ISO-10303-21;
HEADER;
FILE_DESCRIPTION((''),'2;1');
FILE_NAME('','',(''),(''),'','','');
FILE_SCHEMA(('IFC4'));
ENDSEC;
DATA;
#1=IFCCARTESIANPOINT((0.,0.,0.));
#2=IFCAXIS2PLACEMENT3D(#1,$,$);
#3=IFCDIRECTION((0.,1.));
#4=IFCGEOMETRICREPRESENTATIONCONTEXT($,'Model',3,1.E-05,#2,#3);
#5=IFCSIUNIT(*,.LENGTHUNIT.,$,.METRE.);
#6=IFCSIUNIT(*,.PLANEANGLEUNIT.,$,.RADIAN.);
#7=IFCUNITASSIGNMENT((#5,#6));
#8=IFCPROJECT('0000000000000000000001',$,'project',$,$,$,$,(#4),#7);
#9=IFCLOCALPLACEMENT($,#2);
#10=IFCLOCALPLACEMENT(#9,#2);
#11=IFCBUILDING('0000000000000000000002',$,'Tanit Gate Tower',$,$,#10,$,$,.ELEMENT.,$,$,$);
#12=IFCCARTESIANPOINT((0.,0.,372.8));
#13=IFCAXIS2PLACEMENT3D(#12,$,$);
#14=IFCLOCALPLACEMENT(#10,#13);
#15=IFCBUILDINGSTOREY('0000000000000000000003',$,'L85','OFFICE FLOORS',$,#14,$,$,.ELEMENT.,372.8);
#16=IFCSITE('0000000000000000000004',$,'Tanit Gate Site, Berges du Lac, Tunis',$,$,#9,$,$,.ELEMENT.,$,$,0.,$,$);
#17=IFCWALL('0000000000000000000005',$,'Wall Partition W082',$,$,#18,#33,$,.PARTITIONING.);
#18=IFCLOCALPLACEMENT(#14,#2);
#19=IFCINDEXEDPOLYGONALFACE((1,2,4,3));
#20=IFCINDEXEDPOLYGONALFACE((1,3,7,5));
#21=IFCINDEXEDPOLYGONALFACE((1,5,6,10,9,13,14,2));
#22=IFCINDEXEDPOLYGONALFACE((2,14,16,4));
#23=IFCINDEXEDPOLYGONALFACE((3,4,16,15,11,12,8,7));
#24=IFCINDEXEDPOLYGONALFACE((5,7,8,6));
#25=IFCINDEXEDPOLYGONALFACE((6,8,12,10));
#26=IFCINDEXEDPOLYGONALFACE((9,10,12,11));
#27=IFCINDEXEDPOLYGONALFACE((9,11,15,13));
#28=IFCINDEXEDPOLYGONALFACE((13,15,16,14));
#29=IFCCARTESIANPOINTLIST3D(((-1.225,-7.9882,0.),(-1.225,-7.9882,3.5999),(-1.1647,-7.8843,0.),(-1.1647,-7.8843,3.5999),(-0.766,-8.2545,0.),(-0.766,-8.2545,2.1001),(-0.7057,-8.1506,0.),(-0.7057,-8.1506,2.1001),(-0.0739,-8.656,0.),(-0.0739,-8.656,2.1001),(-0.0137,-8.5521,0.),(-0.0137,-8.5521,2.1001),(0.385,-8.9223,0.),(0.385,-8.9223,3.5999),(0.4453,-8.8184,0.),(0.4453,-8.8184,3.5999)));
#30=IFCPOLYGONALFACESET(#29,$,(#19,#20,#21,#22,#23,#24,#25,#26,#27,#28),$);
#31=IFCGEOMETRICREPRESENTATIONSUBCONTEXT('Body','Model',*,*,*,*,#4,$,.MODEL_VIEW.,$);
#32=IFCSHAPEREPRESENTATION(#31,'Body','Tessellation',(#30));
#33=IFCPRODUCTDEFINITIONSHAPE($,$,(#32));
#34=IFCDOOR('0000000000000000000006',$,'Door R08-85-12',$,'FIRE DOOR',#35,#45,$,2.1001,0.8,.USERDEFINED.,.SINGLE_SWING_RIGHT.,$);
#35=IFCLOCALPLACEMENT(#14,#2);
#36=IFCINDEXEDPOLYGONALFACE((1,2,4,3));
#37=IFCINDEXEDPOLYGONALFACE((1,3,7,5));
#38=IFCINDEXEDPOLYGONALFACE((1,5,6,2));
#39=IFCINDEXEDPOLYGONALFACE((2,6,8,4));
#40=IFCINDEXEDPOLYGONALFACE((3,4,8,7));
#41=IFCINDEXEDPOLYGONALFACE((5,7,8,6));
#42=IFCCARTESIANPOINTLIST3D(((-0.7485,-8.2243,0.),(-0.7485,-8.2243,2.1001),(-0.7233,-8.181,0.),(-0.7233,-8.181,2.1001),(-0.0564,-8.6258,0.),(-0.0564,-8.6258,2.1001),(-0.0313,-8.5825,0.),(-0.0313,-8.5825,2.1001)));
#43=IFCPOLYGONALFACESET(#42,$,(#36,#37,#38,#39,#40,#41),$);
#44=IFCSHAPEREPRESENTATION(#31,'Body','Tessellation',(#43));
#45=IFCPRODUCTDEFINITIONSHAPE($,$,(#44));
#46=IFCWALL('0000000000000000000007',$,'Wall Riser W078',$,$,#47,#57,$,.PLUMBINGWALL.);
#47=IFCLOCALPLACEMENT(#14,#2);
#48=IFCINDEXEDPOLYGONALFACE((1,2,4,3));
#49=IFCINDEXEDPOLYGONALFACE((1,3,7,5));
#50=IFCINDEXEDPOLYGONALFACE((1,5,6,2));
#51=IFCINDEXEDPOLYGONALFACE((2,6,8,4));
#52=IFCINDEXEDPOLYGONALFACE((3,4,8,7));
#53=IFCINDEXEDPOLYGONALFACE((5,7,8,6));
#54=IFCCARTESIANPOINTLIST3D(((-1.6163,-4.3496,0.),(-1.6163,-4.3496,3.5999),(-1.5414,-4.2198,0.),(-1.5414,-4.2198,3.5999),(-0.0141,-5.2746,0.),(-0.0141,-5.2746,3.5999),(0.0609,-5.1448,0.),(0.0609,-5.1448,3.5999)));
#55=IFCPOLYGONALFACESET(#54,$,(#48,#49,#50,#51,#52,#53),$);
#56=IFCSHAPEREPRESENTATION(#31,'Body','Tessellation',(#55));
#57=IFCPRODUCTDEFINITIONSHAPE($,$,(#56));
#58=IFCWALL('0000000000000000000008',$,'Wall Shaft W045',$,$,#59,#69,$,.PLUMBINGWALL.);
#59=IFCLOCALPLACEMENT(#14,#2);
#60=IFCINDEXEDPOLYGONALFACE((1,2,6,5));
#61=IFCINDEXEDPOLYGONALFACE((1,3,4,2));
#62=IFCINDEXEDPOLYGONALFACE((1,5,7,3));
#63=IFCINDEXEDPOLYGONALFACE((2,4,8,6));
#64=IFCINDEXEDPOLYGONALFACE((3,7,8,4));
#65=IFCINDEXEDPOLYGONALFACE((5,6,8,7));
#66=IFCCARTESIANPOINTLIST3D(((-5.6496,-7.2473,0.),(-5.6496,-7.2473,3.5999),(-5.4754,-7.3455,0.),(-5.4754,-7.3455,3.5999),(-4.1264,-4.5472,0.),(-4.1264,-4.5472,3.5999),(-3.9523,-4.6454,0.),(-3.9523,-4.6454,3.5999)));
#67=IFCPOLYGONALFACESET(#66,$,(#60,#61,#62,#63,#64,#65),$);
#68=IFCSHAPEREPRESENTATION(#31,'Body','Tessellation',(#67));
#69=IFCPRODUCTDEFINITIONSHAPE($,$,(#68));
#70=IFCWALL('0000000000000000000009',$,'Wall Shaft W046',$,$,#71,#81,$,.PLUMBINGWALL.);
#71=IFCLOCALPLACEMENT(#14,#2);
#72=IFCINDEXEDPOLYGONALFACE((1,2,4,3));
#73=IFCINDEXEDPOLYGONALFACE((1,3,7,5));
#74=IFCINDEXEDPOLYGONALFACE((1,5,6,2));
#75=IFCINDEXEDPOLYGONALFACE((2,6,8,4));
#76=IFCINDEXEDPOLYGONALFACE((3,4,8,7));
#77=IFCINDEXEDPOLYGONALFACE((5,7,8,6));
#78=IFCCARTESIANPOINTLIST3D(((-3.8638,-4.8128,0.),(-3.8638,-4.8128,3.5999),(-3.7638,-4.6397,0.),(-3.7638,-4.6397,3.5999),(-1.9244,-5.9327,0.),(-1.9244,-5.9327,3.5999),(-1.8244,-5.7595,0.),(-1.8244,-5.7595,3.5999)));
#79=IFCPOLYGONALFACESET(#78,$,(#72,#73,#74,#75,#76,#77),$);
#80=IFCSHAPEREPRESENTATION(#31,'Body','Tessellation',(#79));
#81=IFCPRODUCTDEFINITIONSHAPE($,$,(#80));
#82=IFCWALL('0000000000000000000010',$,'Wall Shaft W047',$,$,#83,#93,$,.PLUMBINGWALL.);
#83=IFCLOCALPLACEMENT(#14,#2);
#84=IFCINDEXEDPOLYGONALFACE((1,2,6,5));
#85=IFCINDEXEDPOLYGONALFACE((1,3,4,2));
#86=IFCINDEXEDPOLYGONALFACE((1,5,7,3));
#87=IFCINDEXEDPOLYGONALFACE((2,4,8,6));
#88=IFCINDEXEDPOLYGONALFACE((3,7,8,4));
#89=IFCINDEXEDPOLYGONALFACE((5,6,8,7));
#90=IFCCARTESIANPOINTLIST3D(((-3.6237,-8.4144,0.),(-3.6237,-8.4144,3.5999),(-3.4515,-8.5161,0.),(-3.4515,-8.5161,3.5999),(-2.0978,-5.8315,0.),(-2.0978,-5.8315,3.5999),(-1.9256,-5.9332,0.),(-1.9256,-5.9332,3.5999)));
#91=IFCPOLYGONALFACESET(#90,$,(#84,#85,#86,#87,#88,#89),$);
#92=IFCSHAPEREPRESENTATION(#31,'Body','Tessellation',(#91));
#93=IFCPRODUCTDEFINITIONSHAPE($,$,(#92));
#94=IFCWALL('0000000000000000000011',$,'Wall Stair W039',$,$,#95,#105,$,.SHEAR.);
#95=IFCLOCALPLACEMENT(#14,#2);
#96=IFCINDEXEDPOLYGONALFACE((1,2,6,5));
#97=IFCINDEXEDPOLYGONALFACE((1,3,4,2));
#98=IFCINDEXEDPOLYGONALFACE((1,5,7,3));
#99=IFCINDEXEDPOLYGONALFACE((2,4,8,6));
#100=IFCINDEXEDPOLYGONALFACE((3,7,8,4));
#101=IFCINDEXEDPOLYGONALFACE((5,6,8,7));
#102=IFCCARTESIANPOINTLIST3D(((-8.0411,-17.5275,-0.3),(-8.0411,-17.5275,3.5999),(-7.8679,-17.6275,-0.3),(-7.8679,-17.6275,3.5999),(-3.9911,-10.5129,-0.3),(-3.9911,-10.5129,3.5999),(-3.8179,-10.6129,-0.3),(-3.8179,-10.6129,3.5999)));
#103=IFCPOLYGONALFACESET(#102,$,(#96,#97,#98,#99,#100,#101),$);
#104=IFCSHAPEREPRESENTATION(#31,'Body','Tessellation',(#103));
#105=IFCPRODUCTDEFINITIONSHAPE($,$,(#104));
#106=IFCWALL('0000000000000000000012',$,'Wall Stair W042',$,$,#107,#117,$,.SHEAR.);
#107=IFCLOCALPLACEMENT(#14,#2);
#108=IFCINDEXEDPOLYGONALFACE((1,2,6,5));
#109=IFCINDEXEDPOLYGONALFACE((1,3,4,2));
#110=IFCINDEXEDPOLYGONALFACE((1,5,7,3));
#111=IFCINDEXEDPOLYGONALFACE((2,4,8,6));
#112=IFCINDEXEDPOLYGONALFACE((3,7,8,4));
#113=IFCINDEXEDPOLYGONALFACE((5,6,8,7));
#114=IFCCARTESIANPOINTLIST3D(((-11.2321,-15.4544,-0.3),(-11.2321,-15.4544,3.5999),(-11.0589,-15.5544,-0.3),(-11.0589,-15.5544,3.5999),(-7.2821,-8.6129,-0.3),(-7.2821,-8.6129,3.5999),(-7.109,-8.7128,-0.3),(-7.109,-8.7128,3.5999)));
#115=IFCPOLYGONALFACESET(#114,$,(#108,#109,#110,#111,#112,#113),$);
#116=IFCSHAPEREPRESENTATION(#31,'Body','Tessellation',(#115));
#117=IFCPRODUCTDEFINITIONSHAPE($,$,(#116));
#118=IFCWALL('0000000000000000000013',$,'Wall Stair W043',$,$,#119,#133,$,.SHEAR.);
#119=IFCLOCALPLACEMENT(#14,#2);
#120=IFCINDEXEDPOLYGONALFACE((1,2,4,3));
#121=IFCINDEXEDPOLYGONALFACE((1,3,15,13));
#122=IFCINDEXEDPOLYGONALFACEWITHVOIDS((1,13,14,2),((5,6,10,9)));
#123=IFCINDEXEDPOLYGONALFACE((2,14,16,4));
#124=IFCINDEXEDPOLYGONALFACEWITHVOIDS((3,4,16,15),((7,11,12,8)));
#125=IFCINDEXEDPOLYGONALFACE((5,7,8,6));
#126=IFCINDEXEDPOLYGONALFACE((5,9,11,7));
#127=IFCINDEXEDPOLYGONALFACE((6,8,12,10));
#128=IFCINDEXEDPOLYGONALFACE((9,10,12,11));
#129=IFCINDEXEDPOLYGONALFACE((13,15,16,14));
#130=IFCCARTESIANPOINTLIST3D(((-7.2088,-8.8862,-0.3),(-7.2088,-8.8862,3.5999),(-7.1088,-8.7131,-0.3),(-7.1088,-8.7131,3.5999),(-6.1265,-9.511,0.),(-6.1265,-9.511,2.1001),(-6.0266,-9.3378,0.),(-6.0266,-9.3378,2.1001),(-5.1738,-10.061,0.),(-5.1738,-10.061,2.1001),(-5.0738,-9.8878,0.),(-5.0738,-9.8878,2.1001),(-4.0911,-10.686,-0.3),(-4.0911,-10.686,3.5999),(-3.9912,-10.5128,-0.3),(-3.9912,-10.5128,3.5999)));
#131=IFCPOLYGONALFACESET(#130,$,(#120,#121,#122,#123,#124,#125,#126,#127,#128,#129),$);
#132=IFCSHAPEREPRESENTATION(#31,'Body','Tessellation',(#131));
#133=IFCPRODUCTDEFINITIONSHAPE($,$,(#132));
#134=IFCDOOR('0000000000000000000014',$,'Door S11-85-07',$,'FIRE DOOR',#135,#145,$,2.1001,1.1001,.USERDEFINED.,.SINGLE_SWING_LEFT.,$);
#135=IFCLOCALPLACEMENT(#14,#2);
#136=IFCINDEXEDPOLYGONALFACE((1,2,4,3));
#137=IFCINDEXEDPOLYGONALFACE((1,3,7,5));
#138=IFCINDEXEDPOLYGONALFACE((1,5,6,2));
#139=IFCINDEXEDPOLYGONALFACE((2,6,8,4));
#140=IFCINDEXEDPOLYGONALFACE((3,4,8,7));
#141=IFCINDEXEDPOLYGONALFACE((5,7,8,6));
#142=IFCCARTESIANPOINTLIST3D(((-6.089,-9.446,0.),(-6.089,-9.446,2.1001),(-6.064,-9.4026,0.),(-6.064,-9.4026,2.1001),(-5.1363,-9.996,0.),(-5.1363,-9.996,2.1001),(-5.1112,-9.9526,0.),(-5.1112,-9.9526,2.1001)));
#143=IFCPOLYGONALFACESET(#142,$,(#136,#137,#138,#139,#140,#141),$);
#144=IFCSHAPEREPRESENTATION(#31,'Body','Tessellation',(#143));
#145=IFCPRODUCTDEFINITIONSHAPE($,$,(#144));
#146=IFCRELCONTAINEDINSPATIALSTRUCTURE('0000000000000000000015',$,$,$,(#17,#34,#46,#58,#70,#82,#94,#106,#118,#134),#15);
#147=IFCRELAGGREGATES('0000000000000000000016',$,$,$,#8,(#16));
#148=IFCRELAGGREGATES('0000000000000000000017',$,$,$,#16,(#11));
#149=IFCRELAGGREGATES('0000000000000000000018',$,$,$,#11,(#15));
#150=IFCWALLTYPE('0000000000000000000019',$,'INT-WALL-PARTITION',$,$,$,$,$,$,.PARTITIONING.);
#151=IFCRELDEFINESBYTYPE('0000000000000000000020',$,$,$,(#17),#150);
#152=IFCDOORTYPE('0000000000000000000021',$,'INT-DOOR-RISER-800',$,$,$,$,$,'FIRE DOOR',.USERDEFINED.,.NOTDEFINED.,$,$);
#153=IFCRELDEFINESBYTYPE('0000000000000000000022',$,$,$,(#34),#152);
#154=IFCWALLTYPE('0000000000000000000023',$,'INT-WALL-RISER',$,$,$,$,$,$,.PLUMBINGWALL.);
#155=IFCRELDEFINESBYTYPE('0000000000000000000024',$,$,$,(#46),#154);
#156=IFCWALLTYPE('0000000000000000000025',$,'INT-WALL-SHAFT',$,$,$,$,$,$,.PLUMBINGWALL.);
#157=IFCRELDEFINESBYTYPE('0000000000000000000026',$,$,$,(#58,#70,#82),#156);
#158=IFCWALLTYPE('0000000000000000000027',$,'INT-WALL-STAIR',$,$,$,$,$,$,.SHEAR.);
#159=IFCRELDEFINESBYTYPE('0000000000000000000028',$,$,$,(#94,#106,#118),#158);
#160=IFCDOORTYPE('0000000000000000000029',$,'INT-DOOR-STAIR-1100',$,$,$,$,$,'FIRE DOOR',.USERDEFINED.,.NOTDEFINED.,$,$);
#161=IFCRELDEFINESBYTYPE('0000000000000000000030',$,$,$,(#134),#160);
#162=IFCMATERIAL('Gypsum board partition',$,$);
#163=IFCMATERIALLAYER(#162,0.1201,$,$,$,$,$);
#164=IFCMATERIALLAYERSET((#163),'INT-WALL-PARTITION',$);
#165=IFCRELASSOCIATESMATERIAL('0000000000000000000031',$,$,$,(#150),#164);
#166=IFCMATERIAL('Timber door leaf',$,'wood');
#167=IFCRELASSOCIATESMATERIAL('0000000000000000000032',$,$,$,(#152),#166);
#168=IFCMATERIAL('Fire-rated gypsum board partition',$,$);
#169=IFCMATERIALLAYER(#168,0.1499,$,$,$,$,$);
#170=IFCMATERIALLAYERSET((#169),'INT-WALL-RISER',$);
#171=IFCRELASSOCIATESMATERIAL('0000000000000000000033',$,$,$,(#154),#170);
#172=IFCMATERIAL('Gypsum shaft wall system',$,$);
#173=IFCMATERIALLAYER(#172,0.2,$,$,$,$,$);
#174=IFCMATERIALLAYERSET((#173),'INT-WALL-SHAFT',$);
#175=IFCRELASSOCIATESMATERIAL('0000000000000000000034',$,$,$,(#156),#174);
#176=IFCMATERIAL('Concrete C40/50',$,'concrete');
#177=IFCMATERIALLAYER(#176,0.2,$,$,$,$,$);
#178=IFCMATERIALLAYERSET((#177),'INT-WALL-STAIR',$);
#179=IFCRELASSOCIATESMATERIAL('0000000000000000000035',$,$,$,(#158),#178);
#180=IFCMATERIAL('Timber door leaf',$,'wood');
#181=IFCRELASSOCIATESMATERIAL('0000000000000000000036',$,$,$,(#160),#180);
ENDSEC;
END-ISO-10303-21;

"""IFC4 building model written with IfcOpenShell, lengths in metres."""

from ifc_helpers import new_model, si_unit, direction, frame, frame_2d, origin, place, context, subcontext, project, spatial, rectangle, extrude, material, layer, layer_set, type_object, element, fill, save


model = new_model("IFC4")

# Units and contexts
model_context = context("Model", 3, precision=1e-05, world=origin(), true_north=direction((0.0, 1.0)))
body_context = subcontext(model_context, "Body", "Model", "MODEL_VIEW")
ifc_project = project(units=[si_unit("LENGTHUNIT", "METRE"), si_unit("PLANEANGLEUNIT", "RADIAN")], contexts=[model_context])

# Site, building, storey
site_placement = place(None, origin())
site = spatial("IfcSite", under=ifc_project, at=site_placement, Name="Tanit Gate Site, Berges du Lac, Tunis", CompositionType="ELEMENT", RefElevation=0.0)
building_placement = place(site_placement, origin())
building = spatial("IfcBuilding", under=site, at=building_placement, Name="Tanit Gate Tower", CompositionType="ELEMENT")
storey_placement = place(building_placement, frame((0.0, 0.0, 372.8)))
storey = spatial("IfcBuildingStorey", under=building, at=storey_placement, Name="L85", Description="OFFICE FLOORS", CompositionType="ELEMENT", Elevation=372.8)

# Shared definitions
ifc_material_1 = material(Name="Gypsum board partition")
ifc_layer_1 = layer(ifc_material_1, 0.1201)
ifc_layer_set_1 = layer_set([ifc_layer_1], Name="INT-WALL-PARTITION")
wall_type_1 = type_object("IfcWallType", Name="INT-WALL-PARTITION", PredefinedType="PARTITIONING", material=ifc_layer_set_1)

# Wall, opening, door
wall_1_placement = place(storey_placement, frame((-1.1948, -7.9363, 0.0), z_axis=(0.0, 0.0, 1.0), x_axis=(0.86498, -0.501806, 0.0)))
wall_1 = element("IfcWall", 1, at=wall_1_placement, inside=storey, type_object=wall_type_1, Name="Wall Partition W082", PredefinedType="PARTITIONING", context=body_context, shape_type="SweptSolid", body=[
    extrude(rectangle(XDim=1.8613, YDim=0.1201, at=frame_2d((0.9307, 0.0))), origin(), (0.0, 0.0, 1.0), 3.5999),
])
opening_1_placement = place(wall_1_placement, frame((0.5308, 0.0, 0.0)))
opening_1 = element("IfcOpeningElement", 2, at=opening_1_placement, cuts=wall_1, PredefinedType="OPENING", context=body_context, shape_type="SweptSolid", body=[
    extrude(rectangle(XDim=0.8, YDim=2.1001, at=frame_2d((0.3999, 1.05))), frame((0.0, 0.0701, 0.0), z_axis=(0.0, -1.0, 0.0), x_axis=(1.0, 0.0, 0.0)), (0.0, 0.0, 1.0), 0.1401),
])
ifc_material_2 = material(Name="Timber door leaf", Category="wood")
door_type_1 = type_object("IfcDoorType", Name="INT-DOOR-RISER-800", ElementType="FIRE DOOR", OperationType="NOTDEFINED", PredefinedType="USERDEFINED", material=ifc_material_2)
door_1_placement = place(opening_1_placement, origin())
door_1 = element("IfcDoor", 3, at=door_1_placement, inside=storey, type_object=door_type_1, Name="Door R08-85-12", ObjectType="FIRE DOOR", OperationType="SINGLE_SWING_RIGHT", OverallHeight=2.1001, OverallWidth=0.8, PredefinedType="USERDEFINED", context=body_context, shape_type="SweptSolid", body=[
    extrude(rectangle(XDim=0.8, YDim=2.1001, at=frame_2d((0.3999, 1.05))), frame((0.0, 0.0249, 0.0), z_axis=(0.0, -1.0, 0.0), x_axis=(1.0, 0.0, 0.0)), (0.0, 0.0, 1.0), 0.05),
])
fill(opening_1, door_1)

# Wall
ifc_material_3 = material(Name="Fire-rated gypsum board partition")
ifc_layer_2 = layer(ifc_material_3, 0.1499)
ifc_layer_set_2 = layer_set([ifc_layer_2], Name="INT-WALL-RISER")
wall_type_2 = type_object("IfcWallType", Name="INT-WALL-RISER", PredefinedType="PLUMBINGWALL", material=ifc_layer_set_2)
wall_2_placement = place(storey_placement, frame((-1.5789, -4.2847, 0.0), z_axis=(0.0, 0.0, 1.0), x_axis=(0.866034, -0.499985, 0.0)))
element("IfcWall", 4, at=wall_2_placement, inside=storey, type_object=wall_type_2, Name="Wall Riser W078", PredefinedType="PLUMBINGWALL", context=body_context, shape_type="SweptSolid", body=[
    extrude(rectangle(XDim=1.8501, YDim=0.1499, at=frame_2d((0.925, 0.0))), origin(), (0.0, 0.0, 1.0), 3.5999),
])

# Shared definitions
ifc_material_4 = material(Name="Gypsum shaft wall system")
ifc_layer_3 = layer(ifc_material_4, 0.2)
ifc_layer_set_3 = layer_set([ifc_layer_3], Name="INT-WALL-SHAFT")
wall_type_3 = type_object("IfcWallType", Name="INT-WALL-SHAFT", PredefinedType="PLUMBINGWALL", material=ifc_layer_set_3)

# Walls
wall_3_placement = place(storey_placement, frame((-5.5625, -7.2964, 0.0), z_axis=(0.0, 0.0, 1.0), x_axis=(0.491323, 0.870978, 0.0)))
element("IfcWall", 5, at=wall_3_placement, inside=storey, type_object=wall_type_3, Name="Wall Shaft W045", PredefinedType="PLUMBINGWALL", context=body_context, shape_type="SweptSolid", body=[
    extrude(rectangle(XDim=3.1001, YDim=0.2, at=frame_2d((1.55, 0.0))), origin(), (0.0, 0.0, 1.0), 3.5999),
])
wall_4_placement = place(storey_placement, frame((-3.8137, -4.7263, 0.0), z_axis=(0.0, 0.0, 1.0), x_axis=(0.866, -0.500043, 0.0)))
element("IfcWall", 6, at=wall_4_placement, inside=storey, type_object=wall_type_3, Name="Wall Shaft W046", PredefinedType="PLUMBINGWALL", context=body_context, shape_type="SweptSolid", body=[
    extrude(rectangle(XDim=2.2395, YDim=0.2, at=frame_2d((1.1196, 0.0))), origin(), (0.0, 0.0, 1.0), 3.5999),
])
wall_5_placement = place(storey_placement, frame((-2.0117, -5.8823, 0.0), z_axis=(0.0, 0.0, 1.0), x_axis=(-0.50862, -0.860991, 0.0)))
element("IfcWall", 7, at=wall_5_placement, inside=storey, type_object=wall_type_3, Name="Wall Shaft W047", PredefinedType="PLUMBINGWALL", context=body_context, shape_type="SweptSolid", body=[
    extrude(rectangle(XDim=3.0, YDim=0.2, at=frame_2d((1.5, 0.0))), origin(), (0.0, 0.0, 1.0), 3.5999),
])
ifc_material_5 = material(Name="Concrete C40/50", Category="concrete")
ifc_layer_4 = layer(ifc_material_5, 0.2)
ifc_layer_set_4 = layer_set([ifc_layer_4], Name="INT-WALL-STAIR")
wall_type_4 = type_object("IfcWallType", Name="INT-WALL-STAIR", PredefinedType="SHEAR", material=ifc_layer_set_4)
wall_6_placement = place(storey_placement, frame((-3.9045, -10.563, -0.3), z_axis=(0.0, 0.0, 1.0), x_axis=(-0.500013, -0.866018, 0.0)))
element("IfcWall", 8, at=wall_6_placement, inside=storey, type_object=wall_type_4, Name="Wall Stair W039", PredefinedType="SHEAR", context=body_context, shape_type="SweptSolid", body=[
    extrude(rectangle(XDim=8.0999, YDim=0.2, at=frame_2d((4.0498, 0.0))), origin(), (0.0, 0.0, 1.0), 3.8999),
])
wall_7_placement = place(storey_placement, frame((-7.1956, -8.6628, -0.3), z_axis=(0.0, 0.0, 1.0), x_axis=(-0.499998, -0.866027, 0.0)))
element("IfcWall", 9, at=wall_7_placement, inside=storey, type_object=wall_type_4, Name="Wall Stair W042", PredefinedType="SHEAR", context=body_context, shape_type="SweptSolid", body=[
    extrude(rectangle(XDim=7.8999, YDim=0.2, at=frame_2d((3.95, 0.0))), origin(), (0.0, 0.0, 1.0), 3.8999),
])

# Wall, opening, door
wall_8_placement = place(storey_placement, frame((-4.0413, -10.5994, -0.3), z_axis=(0.0, 0.0, 1.0), x_axis=(-0.866048, 0.499961, 0.0)))
wall_8 = element("IfcWall", 10, at=wall_8_placement, inside=storey, type_object=wall_type_4, Name="Wall Stair W043", PredefinedType="SHEAR", context=body_context, shape_type="SweptSolid", body=[
    extrude(rectangle(XDim=3.5999, YDim=0.2, at=frame_2d((1.7998, 0.0))), origin(), (0.0, 0.0, 1.0), 3.8999),
])
opening_2_placement = place(wall_8_placement, frame((1.25, 0.0, 0.3)))
opening_2 = element("IfcOpeningElement", 11, at=opening_2_placement, cuts=wall_8, PredefinedType="OPENING", context=body_context, shape_type="SweptSolid", body=[
    extrude(rectangle(XDim=1.1001, YDim=2.1001, at=frame_2d((0.55, 1.05))), frame((0.0, 0.1099, 0.0), z_axis=(0.0, -1.0, 0.0), x_axis=(1.0, 0.0, 0.0)), (0.0, 0.0, 1.0), 0.22),
])
ifc_material_6 = material(Name="Timber door leaf", Category="wood")
door_type_2 = type_object("IfcDoorType", Name="INT-DOOR-STAIR-1100", ElementType="FIRE DOOR", OperationType="NOTDEFINED", PredefinedType="USERDEFINED", material=ifc_material_6)
door_2_placement = place(opening_2_placement, origin())
door_2 = element("IfcDoor", 12, at=door_2_placement, inside=storey, type_object=door_type_2, Name="Door S11-85-07", ObjectType="FIRE DOOR", OperationType="SINGLE_SWING_LEFT", OverallHeight=2.1001, OverallWidth=1.1001, PredefinedType="USERDEFINED", context=body_context, shape_type="SweptSolid", body=[
    extrude(rectangle(XDim=1.1001, YDim=2.1001, at=frame_2d((0.55, 1.05))), frame((0.0, 0.0249, 0.0), z_axis=(0.0, -1.0, 0.0), x_axis=(1.0, 0.0, 0.0)), (0.0, 0.0, 1.0), 0.05),
])
fill(opening_2, door_2)

save(model, "model.ifc")
